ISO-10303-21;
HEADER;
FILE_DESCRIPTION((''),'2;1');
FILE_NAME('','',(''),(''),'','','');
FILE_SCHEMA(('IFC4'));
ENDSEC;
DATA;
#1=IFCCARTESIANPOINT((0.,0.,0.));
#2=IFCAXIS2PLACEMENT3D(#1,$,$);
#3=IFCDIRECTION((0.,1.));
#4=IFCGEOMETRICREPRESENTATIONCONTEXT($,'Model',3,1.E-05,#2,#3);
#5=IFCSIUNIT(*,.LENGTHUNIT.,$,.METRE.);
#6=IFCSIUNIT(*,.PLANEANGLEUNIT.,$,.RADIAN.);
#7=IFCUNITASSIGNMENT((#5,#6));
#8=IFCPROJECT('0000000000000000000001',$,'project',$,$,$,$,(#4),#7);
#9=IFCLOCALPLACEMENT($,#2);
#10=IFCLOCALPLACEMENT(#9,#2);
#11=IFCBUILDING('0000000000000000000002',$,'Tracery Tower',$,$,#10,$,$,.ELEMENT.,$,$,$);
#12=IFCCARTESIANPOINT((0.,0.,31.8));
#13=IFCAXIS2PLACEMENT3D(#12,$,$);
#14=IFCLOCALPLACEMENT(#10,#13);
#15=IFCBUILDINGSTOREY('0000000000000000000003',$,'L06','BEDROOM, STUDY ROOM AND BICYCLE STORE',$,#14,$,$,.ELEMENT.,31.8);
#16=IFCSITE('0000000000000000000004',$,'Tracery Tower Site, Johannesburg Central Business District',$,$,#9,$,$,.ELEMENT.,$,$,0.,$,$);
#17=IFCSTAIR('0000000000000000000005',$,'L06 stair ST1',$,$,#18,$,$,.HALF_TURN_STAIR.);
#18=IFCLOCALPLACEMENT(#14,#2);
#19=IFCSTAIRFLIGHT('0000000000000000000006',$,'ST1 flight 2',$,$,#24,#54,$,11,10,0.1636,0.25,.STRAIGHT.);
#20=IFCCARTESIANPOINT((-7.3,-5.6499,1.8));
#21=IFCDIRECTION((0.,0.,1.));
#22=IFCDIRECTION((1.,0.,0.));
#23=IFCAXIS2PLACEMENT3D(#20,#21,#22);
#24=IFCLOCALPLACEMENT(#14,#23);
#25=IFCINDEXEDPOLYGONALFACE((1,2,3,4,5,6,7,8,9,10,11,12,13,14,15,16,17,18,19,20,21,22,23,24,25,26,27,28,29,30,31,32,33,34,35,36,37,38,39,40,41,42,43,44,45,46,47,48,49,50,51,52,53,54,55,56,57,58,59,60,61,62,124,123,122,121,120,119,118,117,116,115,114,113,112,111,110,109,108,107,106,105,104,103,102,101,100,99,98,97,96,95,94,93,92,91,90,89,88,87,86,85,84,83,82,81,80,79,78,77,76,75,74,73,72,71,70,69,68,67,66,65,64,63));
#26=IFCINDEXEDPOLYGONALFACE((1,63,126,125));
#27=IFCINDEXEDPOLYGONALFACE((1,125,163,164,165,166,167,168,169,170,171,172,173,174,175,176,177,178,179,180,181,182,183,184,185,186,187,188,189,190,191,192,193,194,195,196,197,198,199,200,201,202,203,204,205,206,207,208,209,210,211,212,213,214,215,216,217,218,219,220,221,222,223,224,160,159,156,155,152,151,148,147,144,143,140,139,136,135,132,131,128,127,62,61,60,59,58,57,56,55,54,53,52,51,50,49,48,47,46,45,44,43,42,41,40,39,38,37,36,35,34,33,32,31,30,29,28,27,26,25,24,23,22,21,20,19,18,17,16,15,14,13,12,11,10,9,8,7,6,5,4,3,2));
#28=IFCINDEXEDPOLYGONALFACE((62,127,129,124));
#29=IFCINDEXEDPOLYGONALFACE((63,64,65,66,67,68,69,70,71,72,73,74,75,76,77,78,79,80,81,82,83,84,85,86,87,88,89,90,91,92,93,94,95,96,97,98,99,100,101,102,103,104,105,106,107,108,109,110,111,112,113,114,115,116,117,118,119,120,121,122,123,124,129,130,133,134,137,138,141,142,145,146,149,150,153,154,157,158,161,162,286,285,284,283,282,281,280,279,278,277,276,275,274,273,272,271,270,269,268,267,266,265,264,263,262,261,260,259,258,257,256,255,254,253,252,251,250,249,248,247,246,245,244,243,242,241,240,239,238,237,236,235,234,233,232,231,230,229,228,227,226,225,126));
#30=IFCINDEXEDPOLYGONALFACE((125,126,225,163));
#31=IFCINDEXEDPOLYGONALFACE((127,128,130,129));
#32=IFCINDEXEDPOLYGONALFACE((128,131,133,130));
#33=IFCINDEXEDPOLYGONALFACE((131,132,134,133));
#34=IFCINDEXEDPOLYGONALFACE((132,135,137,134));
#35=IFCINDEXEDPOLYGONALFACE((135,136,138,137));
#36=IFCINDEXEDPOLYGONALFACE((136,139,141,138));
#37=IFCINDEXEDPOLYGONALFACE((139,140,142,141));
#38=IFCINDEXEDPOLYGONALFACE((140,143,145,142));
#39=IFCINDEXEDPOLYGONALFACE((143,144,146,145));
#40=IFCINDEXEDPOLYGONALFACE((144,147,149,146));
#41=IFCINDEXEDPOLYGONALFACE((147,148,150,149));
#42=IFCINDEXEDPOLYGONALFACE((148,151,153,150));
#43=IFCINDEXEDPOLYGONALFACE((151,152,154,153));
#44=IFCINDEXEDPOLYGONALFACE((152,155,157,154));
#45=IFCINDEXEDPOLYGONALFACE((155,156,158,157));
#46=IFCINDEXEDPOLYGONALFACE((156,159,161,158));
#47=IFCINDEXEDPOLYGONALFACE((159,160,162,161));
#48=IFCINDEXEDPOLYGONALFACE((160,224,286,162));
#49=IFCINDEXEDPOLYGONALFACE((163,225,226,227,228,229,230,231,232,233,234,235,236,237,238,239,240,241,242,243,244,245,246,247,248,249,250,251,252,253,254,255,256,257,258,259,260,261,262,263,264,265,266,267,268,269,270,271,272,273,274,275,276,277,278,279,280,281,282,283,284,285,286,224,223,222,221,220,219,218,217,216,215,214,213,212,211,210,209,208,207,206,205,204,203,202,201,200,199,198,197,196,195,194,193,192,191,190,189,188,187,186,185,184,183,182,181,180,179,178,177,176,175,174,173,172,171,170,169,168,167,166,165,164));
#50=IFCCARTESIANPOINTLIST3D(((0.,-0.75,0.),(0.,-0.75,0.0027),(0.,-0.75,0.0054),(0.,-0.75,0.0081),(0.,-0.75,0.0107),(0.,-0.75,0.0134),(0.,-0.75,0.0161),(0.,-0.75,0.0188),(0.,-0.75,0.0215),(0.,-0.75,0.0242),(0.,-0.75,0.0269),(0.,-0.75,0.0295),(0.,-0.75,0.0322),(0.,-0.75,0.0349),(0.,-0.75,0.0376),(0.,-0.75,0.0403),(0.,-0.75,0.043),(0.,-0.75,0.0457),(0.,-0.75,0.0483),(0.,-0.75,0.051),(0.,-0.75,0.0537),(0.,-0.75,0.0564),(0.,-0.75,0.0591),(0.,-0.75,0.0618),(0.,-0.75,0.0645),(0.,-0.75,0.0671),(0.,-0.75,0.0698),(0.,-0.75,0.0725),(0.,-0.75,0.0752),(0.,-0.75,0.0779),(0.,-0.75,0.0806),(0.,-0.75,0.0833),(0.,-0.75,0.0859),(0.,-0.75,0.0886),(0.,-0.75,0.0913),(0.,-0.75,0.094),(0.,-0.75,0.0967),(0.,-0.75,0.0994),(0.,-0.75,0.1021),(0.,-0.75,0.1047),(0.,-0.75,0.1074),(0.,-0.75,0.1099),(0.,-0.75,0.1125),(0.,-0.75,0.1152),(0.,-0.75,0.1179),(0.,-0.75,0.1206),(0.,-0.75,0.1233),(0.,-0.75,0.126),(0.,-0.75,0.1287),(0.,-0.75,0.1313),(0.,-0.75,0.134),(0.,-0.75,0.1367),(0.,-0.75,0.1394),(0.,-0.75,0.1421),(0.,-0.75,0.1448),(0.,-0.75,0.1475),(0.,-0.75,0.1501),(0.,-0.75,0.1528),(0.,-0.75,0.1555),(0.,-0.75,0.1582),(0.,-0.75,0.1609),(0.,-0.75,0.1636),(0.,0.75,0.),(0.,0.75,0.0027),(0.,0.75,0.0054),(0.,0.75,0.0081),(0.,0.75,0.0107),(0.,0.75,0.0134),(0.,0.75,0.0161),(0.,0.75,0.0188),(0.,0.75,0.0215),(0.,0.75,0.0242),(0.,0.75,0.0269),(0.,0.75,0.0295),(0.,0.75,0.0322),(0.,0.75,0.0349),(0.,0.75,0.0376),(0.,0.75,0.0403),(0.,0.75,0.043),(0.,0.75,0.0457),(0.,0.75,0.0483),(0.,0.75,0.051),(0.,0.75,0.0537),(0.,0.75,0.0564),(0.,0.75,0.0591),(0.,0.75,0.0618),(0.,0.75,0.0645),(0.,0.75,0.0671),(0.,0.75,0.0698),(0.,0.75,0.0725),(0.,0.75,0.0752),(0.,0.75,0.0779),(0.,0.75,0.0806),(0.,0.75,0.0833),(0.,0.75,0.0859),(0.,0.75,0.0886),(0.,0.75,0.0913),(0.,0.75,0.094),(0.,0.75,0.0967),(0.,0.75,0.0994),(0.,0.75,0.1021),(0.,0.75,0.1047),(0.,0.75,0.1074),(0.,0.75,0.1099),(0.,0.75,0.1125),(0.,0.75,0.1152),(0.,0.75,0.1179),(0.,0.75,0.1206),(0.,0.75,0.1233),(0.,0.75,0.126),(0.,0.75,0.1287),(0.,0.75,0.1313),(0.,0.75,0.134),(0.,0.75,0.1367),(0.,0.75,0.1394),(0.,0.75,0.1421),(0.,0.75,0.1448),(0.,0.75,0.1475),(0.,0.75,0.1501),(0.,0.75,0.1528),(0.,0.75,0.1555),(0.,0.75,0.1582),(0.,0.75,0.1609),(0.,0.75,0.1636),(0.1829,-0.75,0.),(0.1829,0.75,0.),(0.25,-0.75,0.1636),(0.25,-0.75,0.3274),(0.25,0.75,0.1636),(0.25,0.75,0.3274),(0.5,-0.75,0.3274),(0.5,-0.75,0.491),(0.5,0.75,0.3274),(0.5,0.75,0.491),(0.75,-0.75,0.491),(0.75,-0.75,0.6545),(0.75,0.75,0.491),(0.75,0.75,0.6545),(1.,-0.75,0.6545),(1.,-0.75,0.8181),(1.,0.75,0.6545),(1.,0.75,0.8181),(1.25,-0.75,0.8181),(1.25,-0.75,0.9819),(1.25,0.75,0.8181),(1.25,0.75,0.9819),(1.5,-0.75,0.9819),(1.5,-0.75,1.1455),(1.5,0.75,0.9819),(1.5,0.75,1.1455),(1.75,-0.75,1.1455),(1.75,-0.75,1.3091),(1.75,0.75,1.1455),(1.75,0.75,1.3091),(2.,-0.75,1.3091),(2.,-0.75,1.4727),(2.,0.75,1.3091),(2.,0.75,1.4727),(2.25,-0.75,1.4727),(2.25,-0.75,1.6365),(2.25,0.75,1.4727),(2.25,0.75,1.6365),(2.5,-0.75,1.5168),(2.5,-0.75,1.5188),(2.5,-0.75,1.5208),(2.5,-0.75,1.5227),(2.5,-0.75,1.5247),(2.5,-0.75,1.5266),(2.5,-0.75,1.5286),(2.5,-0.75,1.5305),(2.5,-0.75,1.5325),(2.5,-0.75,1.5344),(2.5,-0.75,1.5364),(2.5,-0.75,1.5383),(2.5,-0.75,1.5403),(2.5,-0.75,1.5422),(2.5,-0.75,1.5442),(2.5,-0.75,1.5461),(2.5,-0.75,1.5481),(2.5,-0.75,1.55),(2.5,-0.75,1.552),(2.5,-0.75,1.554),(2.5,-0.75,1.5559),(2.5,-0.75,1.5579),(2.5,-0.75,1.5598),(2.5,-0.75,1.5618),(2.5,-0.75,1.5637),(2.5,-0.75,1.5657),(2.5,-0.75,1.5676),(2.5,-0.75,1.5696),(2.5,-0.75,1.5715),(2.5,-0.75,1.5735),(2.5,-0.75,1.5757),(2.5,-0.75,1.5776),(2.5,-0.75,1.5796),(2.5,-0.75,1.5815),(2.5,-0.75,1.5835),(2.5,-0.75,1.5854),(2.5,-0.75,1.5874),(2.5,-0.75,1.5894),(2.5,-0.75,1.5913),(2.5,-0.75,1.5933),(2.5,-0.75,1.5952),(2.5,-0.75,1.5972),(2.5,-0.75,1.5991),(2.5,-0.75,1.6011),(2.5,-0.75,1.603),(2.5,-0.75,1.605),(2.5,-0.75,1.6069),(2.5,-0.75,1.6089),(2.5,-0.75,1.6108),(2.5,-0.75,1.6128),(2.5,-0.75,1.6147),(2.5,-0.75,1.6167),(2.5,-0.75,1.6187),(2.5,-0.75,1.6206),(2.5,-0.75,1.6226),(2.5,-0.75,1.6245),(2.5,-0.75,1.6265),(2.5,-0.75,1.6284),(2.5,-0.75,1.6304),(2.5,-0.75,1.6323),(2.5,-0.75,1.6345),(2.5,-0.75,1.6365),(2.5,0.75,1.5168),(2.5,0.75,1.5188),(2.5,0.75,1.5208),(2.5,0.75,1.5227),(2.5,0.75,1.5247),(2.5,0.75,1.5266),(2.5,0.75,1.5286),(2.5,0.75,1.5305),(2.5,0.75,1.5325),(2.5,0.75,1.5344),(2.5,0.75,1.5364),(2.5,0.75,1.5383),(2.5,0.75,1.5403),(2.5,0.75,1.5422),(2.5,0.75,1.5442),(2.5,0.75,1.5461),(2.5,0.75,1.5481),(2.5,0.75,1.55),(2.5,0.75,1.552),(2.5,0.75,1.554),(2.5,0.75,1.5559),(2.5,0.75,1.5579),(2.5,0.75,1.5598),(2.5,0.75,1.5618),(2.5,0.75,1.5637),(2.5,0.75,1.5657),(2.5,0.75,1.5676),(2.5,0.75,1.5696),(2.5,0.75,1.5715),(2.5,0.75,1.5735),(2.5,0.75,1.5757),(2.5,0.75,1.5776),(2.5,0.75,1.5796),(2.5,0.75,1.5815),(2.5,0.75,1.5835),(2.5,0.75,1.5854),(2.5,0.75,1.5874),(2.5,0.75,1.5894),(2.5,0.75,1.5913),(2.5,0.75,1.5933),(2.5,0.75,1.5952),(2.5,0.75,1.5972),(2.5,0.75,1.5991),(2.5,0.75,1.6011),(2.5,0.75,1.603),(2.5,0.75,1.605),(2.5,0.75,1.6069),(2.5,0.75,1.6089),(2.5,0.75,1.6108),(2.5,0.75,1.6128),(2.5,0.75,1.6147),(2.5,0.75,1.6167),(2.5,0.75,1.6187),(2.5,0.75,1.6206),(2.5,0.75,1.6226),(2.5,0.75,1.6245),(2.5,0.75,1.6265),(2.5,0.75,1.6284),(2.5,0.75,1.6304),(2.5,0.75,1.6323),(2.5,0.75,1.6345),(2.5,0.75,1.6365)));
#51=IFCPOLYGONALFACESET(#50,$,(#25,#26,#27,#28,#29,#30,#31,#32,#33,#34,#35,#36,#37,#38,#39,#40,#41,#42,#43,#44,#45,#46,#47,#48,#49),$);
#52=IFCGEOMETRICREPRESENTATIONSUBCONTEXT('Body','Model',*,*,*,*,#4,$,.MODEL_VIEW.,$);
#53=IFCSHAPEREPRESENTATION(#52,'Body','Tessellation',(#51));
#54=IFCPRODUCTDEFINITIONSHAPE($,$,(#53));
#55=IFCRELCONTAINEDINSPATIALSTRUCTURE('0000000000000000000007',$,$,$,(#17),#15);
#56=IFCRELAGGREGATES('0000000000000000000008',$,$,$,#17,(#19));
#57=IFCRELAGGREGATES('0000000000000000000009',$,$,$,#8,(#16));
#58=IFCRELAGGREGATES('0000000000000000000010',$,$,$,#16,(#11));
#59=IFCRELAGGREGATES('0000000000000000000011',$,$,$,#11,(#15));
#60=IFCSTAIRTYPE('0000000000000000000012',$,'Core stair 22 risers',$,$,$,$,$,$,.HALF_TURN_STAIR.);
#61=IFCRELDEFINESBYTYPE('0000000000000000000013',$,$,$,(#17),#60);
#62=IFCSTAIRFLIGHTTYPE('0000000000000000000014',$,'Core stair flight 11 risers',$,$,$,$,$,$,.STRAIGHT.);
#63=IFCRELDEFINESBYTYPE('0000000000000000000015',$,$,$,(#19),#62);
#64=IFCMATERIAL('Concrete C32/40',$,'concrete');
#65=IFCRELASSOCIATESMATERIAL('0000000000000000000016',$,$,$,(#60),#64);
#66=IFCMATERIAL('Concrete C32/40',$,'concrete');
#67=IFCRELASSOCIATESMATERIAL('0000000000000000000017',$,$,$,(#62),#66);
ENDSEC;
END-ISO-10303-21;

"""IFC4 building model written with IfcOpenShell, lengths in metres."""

from ifc_helpers import new_model, si_unit, direction, frame, origin, place, context, subcontext, project, spatial, polyline, outline, extrude, material, type_object, element, aggregate, save


model = new_model("IFC4")

# Units and contexts
model_context = context("Model", 3, precision=1e-05, world=origin(), true_north=direction((0.0, 1.0)))
body_context = subcontext(model_context, "Body", "Model", "MODEL_VIEW")
ifc_project = project(units=[si_unit("LENGTHUNIT", "METRE"), si_unit("PLANEANGLEUNIT", "RADIAN")], contexts=[model_context])

# Site, building, storey
site_placement = place(None, origin())
site = spatial("IfcSite", under=ifc_project, at=site_placement, Name="Tracery Tower Site, Johannesburg Central Business District", CompositionType="ELEMENT", RefElevation=0.0)
building_placement = place(site_placement, origin())
building = spatial("IfcBuilding", under=site, at=building_placement, Name="Tracery Tower", CompositionType="ELEMENT")
storey_placement = place(building_placement, frame((0.0, 0.0, 31.8)))
storey = spatial("IfcBuildingStorey", under=building, at=storey_placement, Name="L06", Description="BEDROOM, STUDY ROOM AND BICYCLE STORE", CompositionType="ELEMENT", Elevation=31.8)

# Stair, stair flight
ifc_material_1 = material(Name="Concrete C32/40", Category="concrete")
stair_type = type_object("IfcStairType", Name="Core stair 22 risers", PredefinedType="HALF_TURN_STAIR", material=ifc_material_1)
stair_placement = place(storey_placement, origin())
stair = element("IfcStair", 1, at=stair_placement, inside=storey, type_object=stair_type, Name="L06 stair ST1", PredefinedType="HALF_TURN_STAIR")
ifc_material_2 = material(Name="Concrete C32/40", Category="concrete")
stair_flight_type = type_object("IfcStairFlightType", Name="Core stair flight 11 risers", PredefinedType="STRAIGHT", material=ifc_material_2)
stair_flight_1_placement = place(storey_placement, frame((-7.3, -5.6499, 1.8), z_axis=(0.0, 0.0, 1.0), x_axis=(1.0, 0.0, 0.0)))
stair_flight_1 = element("IfcStairFlight", 2, at=stair_flight_1_placement, type_object=stair_flight_type, Name="ST1 flight 2", NumberOfRisers=11, NumberOfTreads=10, PredefinedType="STRAIGHT", RiserHeight=0.1636, TreadLength=0.25, context=body_context, shape_type="SweptSolid", body=[
    extrude(outline(polyline([(0.0, 0.0), (0.0, 0.0027), (0.0, 0.0054), (0.0, 0.0081), (0.0, 0.0107), (0.0, 0.0134), (0.0, 0.0161), (0.0, 0.0188), (0.0, 0.0215), (0.0, 0.0242), (0.0, 0.0269), (0.0, 0.0295), (0.0, 0.0322), (0.0, 0.0349), (0.0, 0.0376), (0.0, 0.0403), (0.0, 0.043), (0.0, 0.0457), (0.0, 0.0483), (0.0, 0.051), (0.0, 0.0537), (0.0, 0.0564), (0.0, 0.0591), (0.0, 0.0618), (0.0, 0.0645), (0.0, 0.0671), (0.0, 0.0698), (0.0, 0.0725), (0.0, 0.0752), (0.0, 0.0779), (0.0, 0.0806), (0.0, 0.0833), (0.0, 0.0859), (0.0, 0.0886), (0.0, 0.0913), (0.0, 0.094), (0.0, 0.0967), (0.0, 0.0994), (0.0, 0.1021), (0.0, 0.1047), (0.0, 0.1074), (0.0, 0.1099), (0.0, 0.1125), (0.0, 0.1152), (0.0, 0.1179), (0.0, 0.1206), (0.0, 0.1233), (0.0, 0.126), (0.0, 0.1287), (0.0, 0.1313), (0.0, 0.134), (0.0, 0.1367), (0.0, 0.1394), (0.0, 0.1421), (0.0, 0.1448), (0.0, 0.1475), (0.0, 0.1501), (0.0, 0.1528), (0.0, 0.1555), (0.0, 0.1582), (0.0, 0.1609), (0.0, 0.1636), (0.25, 0.1636), (0.25, 0.3274), (0.5, 0.3274), (0.5, 0.491), (0.75, 0.491), (0.75, 0.6545), (1.0, 0.6545), (1.0, 0.8181), (1.25, 0.8181), (1.25, 0.9819), (1.5, 0.9819), (1.5, 1.1455), (1.75, 1.1455), (1.75, 1.3091), (2.0, 1.3091), (2.0, 1.4727), (2.25, 1.4727), (2.25, 1.6365), (2.5, 1.6365), (2.5, 1.6345), (2.5, 1.6323), (2.5, 1.6304), (2.5, 1.6284), (2.5, 1.6265), (2.5, 1.6245), (2.5, 1.6226), (2.5, 1.6206), (2.5, 1.6187), (2.5, 1.6167), (2.5, 1.6147), (2.5, 1.6128), (2.5, 1.6108), (2.5, 1.6089), (2.5, 1.6069), (2.5, 1.605), (2.5, 1.603), (2.5, 1.6011), (2.5, 1.5991), (2.5, 1.5972), (2.5, 1.5952), (2.5, 1.5933), (2.5, 1.5913), (2.5, 1.5894), (2.5, 1.5874), (2.5, 1.5854), (2.5, 1.5835), (2.5, 1.5815), (2.5, 1.5796), (2.5, 1.5776), (2.5, 1.5757), (2.5, 1.5735), (2.5, 1.5715), (2.5, 1.5696), (2.5, 1.5676), (2.5, 1.5657), (2.5, 1.5637), (2.5, 1.5618), (2.5, 1.5598), (2.5, 1.5579), (2.5, 1.5559), (2.5, 1.554), (2.5, 1.552), (2.5, 1.55), (2.5, 1.5481), (2.5, 1.5461), (2.5, 1.5442), (2.5, 1.5422), (2.5, 1.5403), (2.5, 1.5383), (2.5, 1.5364), (2.5, 1.5344), (2.5, 1.5325), (2.5, 1.5305), (2.5, 1.5286), (2.5, 1.5266), (2.5, 1.5247), (2.5, 1.5227), (2.5, 1.5208), (2.5, 1.5188), (2.5, 1.5168), (0.1829, 0.0), (0.0, 0.0)])), frame((0.0, 0.75, 0.0), z_axis=(0.0, -1.0, 0.0), x_axis=(1.0, 0.0, 0.0)), (0.0, 0.0, 1.0), 1.5),
])
aggregate(stair, [stair_flight_1])

save(model, "model.ifc")
